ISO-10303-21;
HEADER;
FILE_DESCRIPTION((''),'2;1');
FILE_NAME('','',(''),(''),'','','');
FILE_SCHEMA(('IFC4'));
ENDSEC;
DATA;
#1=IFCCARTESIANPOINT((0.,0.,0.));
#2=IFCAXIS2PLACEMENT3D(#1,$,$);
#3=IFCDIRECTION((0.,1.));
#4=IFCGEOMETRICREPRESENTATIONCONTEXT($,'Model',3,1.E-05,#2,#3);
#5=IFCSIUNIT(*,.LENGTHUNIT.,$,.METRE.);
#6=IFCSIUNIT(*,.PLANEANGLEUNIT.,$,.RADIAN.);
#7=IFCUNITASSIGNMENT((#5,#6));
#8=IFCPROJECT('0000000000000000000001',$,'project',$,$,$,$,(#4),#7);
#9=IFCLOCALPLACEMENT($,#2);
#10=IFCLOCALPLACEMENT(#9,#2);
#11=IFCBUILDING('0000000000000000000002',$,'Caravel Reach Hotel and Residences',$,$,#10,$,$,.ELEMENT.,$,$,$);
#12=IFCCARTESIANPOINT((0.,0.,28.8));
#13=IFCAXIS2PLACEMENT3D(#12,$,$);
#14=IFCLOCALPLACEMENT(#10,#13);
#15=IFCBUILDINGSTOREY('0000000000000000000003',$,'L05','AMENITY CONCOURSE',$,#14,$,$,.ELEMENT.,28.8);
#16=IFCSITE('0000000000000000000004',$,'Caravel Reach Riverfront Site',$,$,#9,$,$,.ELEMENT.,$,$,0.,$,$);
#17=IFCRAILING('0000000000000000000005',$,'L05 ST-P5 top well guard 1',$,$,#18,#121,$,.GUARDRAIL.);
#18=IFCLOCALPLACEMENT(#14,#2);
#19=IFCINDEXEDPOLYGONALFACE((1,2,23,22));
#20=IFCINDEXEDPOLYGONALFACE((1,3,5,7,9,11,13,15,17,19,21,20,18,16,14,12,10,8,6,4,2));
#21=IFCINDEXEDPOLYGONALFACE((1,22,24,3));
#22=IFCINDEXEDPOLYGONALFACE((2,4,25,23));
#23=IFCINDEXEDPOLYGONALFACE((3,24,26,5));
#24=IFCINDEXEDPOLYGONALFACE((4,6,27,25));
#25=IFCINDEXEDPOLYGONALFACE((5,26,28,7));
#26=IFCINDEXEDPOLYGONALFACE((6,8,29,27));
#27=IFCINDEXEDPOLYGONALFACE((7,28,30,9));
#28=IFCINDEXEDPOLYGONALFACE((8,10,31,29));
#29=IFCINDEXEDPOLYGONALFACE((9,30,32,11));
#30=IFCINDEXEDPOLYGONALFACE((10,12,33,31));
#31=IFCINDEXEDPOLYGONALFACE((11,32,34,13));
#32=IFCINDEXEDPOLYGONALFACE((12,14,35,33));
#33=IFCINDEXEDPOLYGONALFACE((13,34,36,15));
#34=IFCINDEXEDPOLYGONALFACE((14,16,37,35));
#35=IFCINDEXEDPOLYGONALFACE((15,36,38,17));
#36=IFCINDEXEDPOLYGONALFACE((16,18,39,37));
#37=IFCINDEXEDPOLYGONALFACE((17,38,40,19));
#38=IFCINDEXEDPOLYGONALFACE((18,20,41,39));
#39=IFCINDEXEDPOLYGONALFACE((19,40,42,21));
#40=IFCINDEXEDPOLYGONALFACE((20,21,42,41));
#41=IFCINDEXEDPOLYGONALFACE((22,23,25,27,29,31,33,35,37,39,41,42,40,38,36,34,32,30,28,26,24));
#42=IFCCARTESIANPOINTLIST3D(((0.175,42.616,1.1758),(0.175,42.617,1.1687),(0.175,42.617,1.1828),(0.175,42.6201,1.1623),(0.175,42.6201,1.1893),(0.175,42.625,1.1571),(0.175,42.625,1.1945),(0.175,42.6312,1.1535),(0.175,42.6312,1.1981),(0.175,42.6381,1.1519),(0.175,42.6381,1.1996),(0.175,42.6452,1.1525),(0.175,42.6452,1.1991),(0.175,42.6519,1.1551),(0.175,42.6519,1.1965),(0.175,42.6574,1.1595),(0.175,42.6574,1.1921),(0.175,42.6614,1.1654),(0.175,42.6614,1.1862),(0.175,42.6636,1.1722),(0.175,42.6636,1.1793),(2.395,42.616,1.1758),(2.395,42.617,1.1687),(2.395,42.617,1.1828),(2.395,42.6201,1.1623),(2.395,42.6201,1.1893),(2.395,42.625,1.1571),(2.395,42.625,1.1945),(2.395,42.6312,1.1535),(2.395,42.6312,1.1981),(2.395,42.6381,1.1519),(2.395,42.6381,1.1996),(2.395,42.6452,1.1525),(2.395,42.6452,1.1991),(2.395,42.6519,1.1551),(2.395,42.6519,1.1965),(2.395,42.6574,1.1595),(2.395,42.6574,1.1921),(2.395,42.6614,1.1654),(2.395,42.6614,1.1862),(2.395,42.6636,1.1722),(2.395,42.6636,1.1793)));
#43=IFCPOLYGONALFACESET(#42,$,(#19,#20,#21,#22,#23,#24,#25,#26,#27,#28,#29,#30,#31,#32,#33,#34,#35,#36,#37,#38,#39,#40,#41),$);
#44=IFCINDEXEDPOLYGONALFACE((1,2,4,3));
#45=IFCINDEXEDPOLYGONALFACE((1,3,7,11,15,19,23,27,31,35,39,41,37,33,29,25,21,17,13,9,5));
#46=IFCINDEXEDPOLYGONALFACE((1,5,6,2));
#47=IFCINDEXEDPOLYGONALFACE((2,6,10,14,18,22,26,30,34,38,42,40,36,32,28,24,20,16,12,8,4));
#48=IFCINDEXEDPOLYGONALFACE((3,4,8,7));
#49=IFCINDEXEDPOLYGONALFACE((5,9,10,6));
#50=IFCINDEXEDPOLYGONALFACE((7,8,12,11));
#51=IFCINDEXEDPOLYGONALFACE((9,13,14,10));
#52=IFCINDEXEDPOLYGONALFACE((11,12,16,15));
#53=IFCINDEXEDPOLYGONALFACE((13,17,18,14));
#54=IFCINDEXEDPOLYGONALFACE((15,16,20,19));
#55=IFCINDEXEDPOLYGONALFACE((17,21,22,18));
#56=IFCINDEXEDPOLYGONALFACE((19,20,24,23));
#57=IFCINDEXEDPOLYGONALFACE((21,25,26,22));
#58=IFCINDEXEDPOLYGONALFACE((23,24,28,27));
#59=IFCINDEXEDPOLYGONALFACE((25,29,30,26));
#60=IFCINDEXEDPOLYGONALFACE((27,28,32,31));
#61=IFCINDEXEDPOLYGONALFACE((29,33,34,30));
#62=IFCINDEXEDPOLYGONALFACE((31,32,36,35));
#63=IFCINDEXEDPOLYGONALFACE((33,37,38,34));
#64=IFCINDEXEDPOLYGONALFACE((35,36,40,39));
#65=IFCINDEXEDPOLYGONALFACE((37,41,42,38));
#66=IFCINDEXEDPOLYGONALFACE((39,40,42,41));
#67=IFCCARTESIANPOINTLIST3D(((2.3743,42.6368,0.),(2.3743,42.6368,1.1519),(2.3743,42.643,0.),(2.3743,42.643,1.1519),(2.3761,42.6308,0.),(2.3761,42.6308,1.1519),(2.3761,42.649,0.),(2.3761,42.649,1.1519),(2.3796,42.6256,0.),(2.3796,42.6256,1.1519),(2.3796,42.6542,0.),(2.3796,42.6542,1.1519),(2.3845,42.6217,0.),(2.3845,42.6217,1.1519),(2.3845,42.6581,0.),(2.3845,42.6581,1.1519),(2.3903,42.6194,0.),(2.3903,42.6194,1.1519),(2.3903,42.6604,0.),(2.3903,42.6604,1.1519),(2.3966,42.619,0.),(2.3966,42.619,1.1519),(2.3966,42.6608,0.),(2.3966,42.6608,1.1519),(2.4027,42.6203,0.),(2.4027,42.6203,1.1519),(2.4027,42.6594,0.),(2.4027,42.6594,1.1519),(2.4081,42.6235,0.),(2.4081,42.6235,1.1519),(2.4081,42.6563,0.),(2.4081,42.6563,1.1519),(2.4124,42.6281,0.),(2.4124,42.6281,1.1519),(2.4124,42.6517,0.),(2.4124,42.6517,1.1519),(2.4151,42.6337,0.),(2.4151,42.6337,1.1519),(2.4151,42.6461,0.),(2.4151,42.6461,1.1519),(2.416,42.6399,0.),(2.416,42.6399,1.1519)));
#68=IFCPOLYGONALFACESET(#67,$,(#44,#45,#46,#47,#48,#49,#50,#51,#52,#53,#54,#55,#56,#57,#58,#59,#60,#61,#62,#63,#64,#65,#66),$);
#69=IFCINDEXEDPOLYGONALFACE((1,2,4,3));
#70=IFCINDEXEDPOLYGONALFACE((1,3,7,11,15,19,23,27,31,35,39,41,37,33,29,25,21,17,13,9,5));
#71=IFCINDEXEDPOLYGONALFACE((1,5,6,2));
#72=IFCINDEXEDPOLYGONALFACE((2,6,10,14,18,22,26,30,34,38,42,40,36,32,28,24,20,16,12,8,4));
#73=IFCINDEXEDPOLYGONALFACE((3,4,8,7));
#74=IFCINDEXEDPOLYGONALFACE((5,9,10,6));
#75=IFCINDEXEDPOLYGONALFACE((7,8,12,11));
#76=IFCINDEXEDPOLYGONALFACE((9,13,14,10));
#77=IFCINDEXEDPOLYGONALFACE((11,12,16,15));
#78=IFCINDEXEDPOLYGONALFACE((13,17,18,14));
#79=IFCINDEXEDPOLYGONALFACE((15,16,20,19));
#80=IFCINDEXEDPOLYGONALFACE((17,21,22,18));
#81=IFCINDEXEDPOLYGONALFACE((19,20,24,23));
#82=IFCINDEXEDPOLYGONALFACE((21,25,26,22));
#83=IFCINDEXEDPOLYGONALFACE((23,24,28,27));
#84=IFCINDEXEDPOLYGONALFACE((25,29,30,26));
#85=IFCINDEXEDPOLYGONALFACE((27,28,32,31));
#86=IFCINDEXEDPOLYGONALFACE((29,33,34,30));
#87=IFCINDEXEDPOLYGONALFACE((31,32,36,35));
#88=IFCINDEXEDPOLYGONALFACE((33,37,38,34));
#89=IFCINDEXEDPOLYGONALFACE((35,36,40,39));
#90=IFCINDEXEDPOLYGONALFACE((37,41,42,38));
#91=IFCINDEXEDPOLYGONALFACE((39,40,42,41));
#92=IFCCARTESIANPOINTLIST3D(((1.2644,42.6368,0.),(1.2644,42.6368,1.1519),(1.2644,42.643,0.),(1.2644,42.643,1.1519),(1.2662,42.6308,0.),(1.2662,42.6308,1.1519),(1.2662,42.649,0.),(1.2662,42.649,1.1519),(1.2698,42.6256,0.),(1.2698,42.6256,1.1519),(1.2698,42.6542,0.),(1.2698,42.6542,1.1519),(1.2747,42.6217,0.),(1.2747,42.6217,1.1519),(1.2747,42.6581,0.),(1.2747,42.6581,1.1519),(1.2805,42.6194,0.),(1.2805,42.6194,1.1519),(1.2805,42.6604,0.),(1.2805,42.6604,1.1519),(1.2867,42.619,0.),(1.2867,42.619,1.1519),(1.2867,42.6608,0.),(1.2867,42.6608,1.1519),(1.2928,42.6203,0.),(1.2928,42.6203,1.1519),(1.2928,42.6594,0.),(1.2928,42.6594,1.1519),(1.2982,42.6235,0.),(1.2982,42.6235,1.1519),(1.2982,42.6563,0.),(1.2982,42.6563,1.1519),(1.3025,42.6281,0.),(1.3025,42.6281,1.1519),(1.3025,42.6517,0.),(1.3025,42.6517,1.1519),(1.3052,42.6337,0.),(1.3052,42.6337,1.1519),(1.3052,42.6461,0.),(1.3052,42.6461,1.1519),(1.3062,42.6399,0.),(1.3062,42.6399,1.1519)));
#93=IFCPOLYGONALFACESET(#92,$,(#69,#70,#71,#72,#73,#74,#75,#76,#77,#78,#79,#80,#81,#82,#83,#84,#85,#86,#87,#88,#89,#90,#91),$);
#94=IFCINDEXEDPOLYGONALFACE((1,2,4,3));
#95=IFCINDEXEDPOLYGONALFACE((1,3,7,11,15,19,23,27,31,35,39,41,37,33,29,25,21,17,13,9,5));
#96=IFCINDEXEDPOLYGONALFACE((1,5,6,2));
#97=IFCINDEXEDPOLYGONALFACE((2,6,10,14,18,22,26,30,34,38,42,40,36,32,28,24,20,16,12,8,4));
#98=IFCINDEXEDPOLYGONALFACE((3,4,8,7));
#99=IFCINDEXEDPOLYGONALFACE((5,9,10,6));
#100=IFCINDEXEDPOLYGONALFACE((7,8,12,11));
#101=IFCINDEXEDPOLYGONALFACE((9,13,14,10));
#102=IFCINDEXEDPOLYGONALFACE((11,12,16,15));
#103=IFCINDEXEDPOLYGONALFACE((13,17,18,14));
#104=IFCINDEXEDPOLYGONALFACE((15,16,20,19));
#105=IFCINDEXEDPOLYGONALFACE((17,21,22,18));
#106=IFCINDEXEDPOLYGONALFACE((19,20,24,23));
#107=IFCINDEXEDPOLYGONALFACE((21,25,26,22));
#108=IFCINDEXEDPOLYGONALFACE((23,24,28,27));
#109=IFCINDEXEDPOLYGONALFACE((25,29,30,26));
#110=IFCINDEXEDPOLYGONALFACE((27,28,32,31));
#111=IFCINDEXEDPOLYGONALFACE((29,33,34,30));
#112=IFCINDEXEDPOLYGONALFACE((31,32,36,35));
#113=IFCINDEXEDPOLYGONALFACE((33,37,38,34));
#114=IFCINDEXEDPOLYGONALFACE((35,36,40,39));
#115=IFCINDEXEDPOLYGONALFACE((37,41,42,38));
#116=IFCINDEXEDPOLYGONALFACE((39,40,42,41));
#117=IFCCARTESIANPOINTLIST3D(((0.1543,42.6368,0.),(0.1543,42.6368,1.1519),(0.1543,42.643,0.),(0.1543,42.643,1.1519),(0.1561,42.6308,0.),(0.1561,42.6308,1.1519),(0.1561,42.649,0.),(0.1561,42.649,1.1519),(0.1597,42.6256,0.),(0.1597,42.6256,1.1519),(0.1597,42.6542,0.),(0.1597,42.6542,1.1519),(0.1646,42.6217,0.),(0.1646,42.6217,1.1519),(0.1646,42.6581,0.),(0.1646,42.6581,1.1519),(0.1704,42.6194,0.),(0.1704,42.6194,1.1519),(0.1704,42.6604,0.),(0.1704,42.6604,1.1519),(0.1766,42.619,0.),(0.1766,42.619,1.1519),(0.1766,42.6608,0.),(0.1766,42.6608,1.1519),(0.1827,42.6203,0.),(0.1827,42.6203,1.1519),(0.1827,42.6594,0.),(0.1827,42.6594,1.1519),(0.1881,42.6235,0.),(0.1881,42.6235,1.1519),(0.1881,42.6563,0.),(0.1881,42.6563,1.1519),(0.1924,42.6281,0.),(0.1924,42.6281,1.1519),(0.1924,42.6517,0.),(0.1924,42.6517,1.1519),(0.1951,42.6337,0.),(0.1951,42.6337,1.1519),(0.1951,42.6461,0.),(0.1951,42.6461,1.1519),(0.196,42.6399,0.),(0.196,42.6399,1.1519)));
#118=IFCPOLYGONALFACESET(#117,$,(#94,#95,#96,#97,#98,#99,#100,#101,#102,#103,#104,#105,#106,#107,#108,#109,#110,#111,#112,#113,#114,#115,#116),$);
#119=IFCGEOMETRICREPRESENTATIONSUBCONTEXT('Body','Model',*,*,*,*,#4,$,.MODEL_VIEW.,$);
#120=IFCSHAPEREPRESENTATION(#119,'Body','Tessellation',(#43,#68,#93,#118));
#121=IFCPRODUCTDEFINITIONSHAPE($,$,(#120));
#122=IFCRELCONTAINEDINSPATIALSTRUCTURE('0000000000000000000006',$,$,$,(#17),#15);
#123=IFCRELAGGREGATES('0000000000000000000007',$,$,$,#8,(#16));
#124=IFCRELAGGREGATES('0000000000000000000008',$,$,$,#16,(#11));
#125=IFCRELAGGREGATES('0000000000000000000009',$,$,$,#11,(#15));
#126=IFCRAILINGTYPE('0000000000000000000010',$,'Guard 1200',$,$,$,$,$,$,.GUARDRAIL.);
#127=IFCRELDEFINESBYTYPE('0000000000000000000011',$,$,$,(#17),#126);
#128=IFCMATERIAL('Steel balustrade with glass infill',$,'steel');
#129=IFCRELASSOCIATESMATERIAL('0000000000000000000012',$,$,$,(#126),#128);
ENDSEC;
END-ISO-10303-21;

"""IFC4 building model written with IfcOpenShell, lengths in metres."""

from ifc_helpers import new_model, si_unit, direction, frame, origin, origin_2d, place, context, subcontext, project, spatial, circle, extrude, material, type_object, element, save


model = new_model("IFC4")

# Units and contexts
model_context = context("Model", 3, precision=1e-05, world=origin(), true_north=direction((0.0, 1.0)))
body_context = subcontext(model_context, "Body", "Model", "MODEL_VIEW")
ifc_project = project(units=[si_unit("LENGTHUNIT", "METRE"), si_unit("PLANEANGLEUNIT", "RADIAN")], contexts=[model_context])

# Site, building, storey
site_placement = place(None, origin())
site = spatial("IfcSite", under=ifc_project, at=site_placement, Name="Caravel Reach Riverfront Site", CompositionType="ELEMENT", RefElevation=0.0)
building_placement = place(site_placement, origin())
building = spatial("IfcBuilding", under=site, at=building_placement, Name="Caravel Reach Hotel and Residences", CompositionType="ELEMENT")
storey_placement = place(building_placement, frame((0.0, 0.0, 28.8)))
storey = spatial("IfcBuildingStorey", under=building, at=storey_placement, Name="L05", Description="AMENITY CONCOURSE", CompositionType="ELEMENT", Elevation=28.8)

# Railing
ifc_material_1 = material(Name="Steel balustrade with glass infill", Category="steel")
railing_type = type_object("IfcRailingType", Name="Guard 1200", PredefinedType="GUARDRAIL", material=ifc_material_1)
railing_1_placement = place(storey_placement, frame((2.395, 42.6399, 0.0)))
element("IfcRailing", 1, at=railing_1_placement, inside=storey, type_object=railing_type, Name="L05 ST-P5 top well guard 1", PredefinedType="GUARDRAIL", context=body_context, shape_type="SweptSolid", body=[
    extrude(circle(Radius=0.0239, at=origin_2d()), frame((0.0, 0.0, 1.1758), z_axis=(-1.0, 0.0, 0.0), x_axis=(0.0, -1.0, 0.0)), (0.0, 0.0, 1.0), 2.22),
    extrude(circle(Radius=0.021, at=origin_2d()), origin(), (0.0, 0.0, 1.0), 1.1519),
    extrude(circle(Radius=0.021, at=origin_2d()), frame((-1.1099, 0.0, 0.0)), (0.0, 0.0, 1.0), 1.1519),
    extrude(circle(Radius=0.021, at=origin_2d()), frame((-2.22, 0.0, 0.0)), (0.0, 0.0, 1.0), 1.1519),
])

save(model, "model.ifc")
